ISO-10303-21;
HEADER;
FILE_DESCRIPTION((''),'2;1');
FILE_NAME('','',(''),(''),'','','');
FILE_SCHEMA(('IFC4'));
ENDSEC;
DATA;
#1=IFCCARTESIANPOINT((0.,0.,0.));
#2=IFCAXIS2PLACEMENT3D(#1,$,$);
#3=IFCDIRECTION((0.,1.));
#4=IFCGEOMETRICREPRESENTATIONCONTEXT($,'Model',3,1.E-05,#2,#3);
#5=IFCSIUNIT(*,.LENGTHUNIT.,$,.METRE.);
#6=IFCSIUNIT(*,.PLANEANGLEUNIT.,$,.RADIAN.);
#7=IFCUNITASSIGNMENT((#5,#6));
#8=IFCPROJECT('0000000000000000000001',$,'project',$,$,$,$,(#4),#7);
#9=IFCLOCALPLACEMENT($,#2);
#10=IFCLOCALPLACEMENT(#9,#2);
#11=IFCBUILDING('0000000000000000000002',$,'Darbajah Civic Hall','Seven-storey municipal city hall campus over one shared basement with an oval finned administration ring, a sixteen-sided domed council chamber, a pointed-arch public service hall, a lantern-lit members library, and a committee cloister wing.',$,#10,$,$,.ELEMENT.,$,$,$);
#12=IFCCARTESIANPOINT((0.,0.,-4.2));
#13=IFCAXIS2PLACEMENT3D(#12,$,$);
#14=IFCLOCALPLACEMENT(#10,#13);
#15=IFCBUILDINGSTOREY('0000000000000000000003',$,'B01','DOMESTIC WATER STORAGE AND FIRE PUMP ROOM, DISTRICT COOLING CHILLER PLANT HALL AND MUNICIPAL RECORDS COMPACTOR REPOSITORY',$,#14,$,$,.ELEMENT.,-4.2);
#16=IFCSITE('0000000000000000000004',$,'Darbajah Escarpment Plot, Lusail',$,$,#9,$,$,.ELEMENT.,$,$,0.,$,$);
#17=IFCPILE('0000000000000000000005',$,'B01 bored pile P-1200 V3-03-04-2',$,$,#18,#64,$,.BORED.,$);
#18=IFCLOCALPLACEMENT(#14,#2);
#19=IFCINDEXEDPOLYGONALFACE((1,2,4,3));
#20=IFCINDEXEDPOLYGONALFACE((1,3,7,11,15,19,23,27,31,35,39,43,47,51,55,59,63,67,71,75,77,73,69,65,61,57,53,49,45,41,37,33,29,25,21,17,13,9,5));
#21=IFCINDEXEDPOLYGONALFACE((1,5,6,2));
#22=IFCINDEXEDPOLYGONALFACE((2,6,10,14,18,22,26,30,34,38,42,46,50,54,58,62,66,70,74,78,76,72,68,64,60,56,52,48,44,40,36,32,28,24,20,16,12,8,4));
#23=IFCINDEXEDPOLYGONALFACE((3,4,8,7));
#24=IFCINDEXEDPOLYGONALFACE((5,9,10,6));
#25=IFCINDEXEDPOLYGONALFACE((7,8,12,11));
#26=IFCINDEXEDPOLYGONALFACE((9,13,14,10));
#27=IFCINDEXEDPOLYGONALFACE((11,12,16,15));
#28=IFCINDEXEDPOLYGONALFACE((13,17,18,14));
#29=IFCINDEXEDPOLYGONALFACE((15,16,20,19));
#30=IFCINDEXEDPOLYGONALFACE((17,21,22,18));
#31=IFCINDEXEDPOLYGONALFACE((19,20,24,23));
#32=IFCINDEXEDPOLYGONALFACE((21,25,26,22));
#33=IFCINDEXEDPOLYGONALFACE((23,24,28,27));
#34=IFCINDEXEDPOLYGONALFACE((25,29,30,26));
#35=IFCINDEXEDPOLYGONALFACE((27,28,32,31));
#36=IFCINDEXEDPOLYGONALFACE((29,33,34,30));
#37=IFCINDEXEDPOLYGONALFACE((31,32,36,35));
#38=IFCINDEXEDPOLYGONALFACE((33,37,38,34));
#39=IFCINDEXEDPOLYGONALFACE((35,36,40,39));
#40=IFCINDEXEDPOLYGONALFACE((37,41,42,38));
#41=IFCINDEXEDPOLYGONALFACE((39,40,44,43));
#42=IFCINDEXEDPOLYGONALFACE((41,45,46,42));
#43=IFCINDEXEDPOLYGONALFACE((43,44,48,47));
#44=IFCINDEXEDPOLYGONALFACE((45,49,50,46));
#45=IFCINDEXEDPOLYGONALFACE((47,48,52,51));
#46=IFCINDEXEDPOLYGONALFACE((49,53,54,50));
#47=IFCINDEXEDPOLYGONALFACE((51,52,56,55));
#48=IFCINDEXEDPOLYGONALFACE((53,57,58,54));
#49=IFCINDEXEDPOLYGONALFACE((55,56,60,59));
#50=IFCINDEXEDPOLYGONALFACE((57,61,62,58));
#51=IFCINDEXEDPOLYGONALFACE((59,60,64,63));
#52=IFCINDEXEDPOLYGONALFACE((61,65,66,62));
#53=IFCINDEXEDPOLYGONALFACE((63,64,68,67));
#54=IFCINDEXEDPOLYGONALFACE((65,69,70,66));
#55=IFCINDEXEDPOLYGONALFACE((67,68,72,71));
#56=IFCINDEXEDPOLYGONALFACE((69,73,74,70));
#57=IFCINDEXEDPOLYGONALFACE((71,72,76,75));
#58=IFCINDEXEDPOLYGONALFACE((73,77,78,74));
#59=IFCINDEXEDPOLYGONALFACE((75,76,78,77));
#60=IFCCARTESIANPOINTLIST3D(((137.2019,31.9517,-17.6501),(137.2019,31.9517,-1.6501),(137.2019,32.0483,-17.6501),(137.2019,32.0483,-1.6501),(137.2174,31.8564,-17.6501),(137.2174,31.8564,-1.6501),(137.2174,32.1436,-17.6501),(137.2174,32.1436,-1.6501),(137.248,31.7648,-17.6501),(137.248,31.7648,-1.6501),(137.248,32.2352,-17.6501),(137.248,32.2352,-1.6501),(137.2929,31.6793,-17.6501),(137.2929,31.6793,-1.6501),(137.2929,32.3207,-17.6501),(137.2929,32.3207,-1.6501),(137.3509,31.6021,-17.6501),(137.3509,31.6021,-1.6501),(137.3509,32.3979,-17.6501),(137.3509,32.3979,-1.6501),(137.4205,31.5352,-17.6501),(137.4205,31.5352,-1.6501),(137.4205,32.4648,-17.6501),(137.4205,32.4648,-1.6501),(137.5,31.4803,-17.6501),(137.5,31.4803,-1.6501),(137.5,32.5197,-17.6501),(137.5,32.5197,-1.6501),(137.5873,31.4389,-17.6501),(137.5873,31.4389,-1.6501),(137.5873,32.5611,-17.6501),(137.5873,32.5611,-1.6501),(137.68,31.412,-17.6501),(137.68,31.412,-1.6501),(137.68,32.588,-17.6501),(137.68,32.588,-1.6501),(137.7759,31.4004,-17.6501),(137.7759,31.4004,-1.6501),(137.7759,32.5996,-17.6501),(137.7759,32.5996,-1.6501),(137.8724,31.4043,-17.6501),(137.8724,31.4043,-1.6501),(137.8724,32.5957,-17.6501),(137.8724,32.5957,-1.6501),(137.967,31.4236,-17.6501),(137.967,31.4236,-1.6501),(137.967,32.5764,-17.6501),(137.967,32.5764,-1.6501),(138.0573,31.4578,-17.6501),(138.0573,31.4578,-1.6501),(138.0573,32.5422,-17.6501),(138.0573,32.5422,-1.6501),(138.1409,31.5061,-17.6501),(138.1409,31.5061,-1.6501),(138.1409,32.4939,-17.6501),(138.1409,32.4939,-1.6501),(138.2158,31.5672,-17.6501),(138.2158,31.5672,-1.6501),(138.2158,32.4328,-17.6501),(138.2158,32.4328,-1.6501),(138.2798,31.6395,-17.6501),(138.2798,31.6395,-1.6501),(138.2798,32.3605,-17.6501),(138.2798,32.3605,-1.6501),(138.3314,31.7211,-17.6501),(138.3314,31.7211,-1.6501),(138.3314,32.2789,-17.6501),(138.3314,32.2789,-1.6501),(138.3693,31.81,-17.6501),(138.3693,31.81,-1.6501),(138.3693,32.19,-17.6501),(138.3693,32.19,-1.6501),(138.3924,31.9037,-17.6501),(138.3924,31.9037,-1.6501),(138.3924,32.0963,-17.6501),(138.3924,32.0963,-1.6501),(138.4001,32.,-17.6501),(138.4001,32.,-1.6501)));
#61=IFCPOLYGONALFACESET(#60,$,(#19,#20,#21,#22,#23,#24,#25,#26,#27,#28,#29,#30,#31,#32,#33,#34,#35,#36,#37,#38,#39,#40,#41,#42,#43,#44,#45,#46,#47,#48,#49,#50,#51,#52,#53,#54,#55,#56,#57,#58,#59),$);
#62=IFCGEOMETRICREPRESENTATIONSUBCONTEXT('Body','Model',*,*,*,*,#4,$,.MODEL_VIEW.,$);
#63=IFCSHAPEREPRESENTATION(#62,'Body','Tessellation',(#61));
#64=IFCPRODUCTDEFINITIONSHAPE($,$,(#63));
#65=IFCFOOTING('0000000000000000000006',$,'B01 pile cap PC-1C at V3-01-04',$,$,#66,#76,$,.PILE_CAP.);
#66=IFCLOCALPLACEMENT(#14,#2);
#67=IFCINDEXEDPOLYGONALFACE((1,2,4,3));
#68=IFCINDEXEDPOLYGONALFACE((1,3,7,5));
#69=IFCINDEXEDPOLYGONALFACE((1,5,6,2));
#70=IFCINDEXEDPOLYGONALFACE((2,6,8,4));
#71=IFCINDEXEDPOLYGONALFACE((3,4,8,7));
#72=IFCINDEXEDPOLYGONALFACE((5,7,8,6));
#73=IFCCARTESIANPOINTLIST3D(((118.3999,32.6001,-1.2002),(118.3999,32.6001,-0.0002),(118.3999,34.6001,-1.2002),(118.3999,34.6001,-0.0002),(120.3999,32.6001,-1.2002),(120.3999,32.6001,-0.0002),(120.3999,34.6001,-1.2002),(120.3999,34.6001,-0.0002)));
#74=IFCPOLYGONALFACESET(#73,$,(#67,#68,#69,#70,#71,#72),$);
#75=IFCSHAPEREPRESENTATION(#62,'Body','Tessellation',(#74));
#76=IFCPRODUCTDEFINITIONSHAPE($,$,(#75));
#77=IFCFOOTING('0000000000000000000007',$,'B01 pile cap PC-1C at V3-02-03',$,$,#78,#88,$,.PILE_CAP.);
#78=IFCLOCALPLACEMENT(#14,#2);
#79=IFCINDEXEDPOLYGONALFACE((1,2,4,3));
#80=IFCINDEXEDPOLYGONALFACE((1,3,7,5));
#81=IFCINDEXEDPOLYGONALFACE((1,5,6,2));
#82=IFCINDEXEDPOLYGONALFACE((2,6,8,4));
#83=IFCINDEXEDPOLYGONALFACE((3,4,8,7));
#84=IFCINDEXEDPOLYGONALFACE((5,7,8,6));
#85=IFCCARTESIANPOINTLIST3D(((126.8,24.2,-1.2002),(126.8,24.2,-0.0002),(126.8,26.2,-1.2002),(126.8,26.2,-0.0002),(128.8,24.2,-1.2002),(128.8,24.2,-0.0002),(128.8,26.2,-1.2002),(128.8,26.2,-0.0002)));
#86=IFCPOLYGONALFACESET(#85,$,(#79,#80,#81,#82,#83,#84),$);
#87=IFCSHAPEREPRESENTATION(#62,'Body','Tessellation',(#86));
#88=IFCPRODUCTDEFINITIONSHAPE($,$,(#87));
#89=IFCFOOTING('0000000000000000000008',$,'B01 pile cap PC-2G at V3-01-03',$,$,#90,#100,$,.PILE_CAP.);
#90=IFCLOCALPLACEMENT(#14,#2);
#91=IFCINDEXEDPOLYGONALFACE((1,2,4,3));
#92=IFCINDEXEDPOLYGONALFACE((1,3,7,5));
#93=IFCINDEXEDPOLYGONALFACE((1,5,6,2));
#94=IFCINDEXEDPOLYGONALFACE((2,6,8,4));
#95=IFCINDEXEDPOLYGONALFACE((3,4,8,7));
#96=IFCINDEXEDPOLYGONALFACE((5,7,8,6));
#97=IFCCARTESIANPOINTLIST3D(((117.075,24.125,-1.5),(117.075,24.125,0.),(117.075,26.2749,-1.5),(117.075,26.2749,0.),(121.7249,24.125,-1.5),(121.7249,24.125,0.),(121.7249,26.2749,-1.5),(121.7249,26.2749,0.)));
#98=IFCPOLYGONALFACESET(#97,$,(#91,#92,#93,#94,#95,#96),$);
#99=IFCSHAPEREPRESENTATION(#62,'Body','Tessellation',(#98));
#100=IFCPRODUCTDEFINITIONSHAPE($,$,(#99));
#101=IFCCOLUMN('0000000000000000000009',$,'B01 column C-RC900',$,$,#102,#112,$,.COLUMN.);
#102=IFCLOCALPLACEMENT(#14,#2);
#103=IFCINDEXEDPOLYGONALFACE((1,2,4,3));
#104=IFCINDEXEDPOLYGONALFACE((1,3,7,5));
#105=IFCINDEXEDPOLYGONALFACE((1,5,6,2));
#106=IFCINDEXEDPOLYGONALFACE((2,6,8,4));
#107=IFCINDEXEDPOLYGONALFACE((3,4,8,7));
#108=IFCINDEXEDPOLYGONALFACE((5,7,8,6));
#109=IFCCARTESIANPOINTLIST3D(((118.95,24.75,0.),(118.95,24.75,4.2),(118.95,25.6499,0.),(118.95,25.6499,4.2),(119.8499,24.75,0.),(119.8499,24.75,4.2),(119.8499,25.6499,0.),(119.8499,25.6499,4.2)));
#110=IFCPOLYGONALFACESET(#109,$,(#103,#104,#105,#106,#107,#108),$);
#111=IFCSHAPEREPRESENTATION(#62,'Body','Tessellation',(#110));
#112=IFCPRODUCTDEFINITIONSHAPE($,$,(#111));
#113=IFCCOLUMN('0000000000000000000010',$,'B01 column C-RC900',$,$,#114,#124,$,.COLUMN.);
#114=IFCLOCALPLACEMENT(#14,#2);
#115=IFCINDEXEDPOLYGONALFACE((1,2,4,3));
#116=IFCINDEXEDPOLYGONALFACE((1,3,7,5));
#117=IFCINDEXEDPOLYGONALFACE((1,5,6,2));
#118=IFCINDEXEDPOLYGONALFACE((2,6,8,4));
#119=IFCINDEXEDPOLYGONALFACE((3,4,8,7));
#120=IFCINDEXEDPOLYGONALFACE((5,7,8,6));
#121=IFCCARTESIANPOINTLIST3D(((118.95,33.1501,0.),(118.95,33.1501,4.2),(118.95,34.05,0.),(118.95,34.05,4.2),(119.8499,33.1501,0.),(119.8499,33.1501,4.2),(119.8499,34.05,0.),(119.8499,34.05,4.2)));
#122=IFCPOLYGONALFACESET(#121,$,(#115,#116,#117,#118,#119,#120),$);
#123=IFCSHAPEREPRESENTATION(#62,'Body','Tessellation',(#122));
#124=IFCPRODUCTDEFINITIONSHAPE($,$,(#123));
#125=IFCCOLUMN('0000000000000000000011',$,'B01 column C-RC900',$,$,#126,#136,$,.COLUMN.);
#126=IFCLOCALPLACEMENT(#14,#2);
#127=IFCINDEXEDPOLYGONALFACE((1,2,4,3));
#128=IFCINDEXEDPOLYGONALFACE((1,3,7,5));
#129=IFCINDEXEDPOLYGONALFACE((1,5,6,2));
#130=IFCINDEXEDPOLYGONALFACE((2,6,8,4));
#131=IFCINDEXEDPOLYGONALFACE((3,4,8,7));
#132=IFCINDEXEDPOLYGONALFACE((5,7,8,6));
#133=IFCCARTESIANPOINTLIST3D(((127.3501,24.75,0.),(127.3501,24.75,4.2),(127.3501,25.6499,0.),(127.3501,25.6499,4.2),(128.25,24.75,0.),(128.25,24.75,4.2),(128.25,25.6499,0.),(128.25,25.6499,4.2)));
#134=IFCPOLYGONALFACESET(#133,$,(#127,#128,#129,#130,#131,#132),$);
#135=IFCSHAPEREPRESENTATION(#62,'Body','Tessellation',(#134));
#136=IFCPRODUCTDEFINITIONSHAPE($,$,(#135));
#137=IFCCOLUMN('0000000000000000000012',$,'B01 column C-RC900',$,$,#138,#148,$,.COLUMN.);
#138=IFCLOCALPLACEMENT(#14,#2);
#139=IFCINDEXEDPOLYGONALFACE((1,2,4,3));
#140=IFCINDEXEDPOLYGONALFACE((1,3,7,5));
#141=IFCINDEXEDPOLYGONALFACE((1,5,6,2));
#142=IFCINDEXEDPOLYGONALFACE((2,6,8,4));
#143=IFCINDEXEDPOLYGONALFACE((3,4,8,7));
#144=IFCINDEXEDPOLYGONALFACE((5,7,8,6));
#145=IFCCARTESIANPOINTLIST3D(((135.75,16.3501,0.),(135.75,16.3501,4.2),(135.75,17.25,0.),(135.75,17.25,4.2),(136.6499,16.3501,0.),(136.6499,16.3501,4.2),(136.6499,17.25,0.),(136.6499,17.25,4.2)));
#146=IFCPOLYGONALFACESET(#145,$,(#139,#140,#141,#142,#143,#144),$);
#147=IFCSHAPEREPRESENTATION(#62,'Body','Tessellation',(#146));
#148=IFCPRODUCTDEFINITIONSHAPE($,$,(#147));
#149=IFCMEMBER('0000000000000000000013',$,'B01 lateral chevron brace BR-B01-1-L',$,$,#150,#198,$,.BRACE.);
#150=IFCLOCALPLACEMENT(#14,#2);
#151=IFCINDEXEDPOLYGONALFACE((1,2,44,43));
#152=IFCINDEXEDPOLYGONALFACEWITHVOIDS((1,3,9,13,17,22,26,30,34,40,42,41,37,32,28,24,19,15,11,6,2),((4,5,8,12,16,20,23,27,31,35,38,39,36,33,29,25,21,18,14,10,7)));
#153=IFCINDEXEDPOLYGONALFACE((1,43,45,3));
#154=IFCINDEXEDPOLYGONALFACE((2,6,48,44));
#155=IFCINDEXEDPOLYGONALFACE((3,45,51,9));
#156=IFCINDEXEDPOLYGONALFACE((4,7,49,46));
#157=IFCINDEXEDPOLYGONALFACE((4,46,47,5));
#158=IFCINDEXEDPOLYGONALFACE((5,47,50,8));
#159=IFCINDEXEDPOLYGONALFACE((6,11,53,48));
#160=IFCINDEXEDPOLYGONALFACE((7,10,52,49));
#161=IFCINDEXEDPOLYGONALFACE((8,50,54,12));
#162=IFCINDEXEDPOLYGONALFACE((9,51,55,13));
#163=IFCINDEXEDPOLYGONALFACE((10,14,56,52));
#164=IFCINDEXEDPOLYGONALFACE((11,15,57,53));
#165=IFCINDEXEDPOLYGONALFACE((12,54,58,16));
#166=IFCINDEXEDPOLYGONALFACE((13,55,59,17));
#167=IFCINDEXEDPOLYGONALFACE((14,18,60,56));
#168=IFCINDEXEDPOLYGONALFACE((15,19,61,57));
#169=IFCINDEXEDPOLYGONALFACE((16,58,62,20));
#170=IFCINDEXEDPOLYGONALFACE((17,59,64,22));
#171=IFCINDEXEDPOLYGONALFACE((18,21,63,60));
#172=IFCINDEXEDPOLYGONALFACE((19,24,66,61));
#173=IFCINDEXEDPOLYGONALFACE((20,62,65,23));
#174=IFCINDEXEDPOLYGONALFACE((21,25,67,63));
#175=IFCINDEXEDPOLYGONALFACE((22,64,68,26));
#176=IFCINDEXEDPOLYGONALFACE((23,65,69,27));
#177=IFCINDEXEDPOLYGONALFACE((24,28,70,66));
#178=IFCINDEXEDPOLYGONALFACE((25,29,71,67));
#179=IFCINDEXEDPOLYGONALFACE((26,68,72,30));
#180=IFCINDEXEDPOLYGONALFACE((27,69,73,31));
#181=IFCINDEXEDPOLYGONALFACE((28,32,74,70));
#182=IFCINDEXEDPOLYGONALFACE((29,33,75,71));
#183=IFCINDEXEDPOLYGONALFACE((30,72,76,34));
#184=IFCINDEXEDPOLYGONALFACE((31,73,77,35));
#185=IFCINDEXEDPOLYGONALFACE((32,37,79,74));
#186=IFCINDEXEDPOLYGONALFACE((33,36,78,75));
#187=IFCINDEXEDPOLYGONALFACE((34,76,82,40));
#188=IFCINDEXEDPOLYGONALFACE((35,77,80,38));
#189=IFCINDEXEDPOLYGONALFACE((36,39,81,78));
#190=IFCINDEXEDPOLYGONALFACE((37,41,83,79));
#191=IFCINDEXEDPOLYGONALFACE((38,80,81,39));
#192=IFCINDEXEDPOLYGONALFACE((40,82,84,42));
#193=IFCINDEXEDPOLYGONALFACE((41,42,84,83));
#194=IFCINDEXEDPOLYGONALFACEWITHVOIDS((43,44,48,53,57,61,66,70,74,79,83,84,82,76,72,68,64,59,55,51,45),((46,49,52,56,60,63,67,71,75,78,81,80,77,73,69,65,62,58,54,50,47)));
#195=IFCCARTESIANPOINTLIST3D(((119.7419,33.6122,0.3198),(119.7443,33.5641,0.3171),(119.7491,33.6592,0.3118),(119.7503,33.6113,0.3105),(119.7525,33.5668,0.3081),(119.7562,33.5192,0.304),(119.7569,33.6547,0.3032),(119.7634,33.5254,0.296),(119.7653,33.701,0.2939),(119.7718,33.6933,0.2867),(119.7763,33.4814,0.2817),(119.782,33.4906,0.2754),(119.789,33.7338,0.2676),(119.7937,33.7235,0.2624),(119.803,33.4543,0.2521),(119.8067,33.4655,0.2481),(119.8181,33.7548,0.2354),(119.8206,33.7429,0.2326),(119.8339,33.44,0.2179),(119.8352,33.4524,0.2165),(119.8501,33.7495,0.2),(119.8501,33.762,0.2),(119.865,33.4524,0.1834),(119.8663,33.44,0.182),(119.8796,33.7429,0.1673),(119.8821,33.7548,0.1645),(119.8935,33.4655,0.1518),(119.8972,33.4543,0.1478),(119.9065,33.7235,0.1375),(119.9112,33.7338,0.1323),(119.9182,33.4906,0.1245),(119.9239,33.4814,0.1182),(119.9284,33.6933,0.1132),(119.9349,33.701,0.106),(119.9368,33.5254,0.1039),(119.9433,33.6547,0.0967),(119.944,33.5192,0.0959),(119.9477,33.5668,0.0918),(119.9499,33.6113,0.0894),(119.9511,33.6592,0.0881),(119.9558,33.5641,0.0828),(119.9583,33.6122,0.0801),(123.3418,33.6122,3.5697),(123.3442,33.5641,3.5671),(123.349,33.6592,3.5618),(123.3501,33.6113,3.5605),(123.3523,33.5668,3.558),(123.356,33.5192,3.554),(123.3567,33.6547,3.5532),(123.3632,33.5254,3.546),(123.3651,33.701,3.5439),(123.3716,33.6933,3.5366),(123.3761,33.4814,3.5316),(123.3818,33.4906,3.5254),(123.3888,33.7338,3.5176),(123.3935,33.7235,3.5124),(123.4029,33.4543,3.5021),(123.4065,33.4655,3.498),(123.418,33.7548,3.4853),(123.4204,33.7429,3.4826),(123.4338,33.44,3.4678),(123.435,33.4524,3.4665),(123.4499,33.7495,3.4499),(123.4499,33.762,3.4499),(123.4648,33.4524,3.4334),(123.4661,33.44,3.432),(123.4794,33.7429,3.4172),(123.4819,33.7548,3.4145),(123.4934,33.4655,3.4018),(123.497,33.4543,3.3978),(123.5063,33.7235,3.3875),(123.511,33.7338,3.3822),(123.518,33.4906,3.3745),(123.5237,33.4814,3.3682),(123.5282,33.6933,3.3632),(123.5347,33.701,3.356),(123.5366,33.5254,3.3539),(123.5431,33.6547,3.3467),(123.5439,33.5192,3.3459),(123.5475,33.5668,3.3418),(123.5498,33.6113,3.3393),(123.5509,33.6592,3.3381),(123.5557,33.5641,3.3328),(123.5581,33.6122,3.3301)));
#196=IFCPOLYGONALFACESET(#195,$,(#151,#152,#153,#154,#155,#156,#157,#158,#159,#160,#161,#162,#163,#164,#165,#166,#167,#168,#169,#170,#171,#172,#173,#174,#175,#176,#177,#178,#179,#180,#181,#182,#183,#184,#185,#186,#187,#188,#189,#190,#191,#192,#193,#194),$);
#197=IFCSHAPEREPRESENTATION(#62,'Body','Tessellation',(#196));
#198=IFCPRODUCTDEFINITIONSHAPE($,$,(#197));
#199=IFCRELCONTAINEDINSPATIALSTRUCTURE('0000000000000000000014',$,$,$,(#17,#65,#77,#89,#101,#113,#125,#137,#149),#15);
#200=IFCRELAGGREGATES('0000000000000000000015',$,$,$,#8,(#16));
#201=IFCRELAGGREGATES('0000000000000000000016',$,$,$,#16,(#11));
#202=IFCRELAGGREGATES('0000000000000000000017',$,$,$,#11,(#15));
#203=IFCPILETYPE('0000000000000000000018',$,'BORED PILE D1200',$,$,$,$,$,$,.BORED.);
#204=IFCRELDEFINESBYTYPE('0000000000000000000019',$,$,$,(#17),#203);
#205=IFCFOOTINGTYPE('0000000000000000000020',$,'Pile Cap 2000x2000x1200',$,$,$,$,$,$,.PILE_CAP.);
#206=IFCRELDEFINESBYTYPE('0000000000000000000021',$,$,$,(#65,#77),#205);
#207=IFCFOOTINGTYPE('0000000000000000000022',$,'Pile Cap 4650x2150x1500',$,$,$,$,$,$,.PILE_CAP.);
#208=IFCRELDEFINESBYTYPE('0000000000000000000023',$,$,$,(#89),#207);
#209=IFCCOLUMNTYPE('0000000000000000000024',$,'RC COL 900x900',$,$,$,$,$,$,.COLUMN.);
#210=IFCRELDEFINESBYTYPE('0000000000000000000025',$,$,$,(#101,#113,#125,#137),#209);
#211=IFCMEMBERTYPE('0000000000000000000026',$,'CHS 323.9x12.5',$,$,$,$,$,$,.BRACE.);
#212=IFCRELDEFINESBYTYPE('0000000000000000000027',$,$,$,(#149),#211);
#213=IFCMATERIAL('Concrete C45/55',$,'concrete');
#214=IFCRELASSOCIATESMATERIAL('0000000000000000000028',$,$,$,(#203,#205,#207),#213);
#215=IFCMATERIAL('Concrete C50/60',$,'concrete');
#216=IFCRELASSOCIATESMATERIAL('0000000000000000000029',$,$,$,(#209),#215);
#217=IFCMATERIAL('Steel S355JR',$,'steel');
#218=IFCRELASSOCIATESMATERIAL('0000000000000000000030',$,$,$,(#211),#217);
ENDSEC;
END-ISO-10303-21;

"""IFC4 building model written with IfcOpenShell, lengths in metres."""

from ifc_helpers import new_model, si_unit, direction, frame, origin, origin_2d, place, context, subcontext, project, spatial, rectangle, circle, hollow_circle, extrude, material, material_profile, profile_set, type_object, element, save


model = new_model("IFC4")

# Units and contexts
model_context = context("Model", 3, precision=1e-05, world=origin(), true_north=direction((0.0, 1.0)))
body_context = subcontext(model_context, "Body", "Model", "MODEL_VIEW")
ifc_project = project(units=[si_unit("LENGTHUNIT", "METRE"), si_unit("PLANEANGLEUNIT", "RADIAN")], contexts=[model_context])

# Site, building, storey
site_placement = place(None, origin())
site = spatial("IfcSite", under=ifc_project, at=site_placement, Name="Darbajah Escarpment Plot, Lusail", CompositionType="ELEMENT", RefElevation=0.0)
building_placement = place(site_placement, origin())
building = spatial("IfcBuilding", under=site, at=building_placement, Name="Darbajah Civic Hall", Description="Seven-storey municipal city hall campus over one shared basement with an oval finned administration ring, a sixteen-sided domed council chamber, a pointed-arch public service hall, a lantern-lit members library, and a committee cloister wing.", CompositionType="ELEMENT")
storey_placement = place(building_placement, frame((0.0, 0.0, -4.2)))
storey = spatial("IfcBuildingStorey", under=building, at=storey_placement, Name="B01", Description="DOMESTIC WATER STORAGE AND FIRE PUMP ROOM, DISTRICT COOLING CHILLER PLANT HALL AND MUNICIPAL RECORDS COMPACTOR REPOSITORY", CompositionType="ELEMENT", Elevation=-4.2)

# Pile
ifc_material_1 = material(Name="Concrete C45/55", Category="concrete")
ifc_material_profile_1 = material_profile(ifc_material_1, circle(Radius=0.6001, at=origin_2d()), Name="BORED PILE D1200")
ifc_profile_set_1 = profile_set([ifc_material_profile_1], Name="Concrete C45/55")
pile_type_1 = type_object("IfcPileType", Name="BORED PILE D1200", PredefinedType="BORED", material=ifc_profile_set_1)
for number, where, z_axis, x_axis, name in (
    (1, (137.8, 32.0, -1.6501), (0.0, 0.0, -1.0), (1.0, 0.0, 0.0), "B01 bored pile P-1200 V3-03-04-2"),
):
    element("IfcPile", number, at=place(storey_placement, frame(where, z_axis=z_axis, x_axis=x_axis)), inside=storey, type_object=pile_type_1, Name=name, PredefinedType="BORED", context=body_context, shape_type="SweptSolid", body=[
        extrude(circle(Radius=0.6001, at=origin_2d()), origin(), (0.0, 0.0, 1.0), 16.0),
    ])

# Footings
footing_type_1 = type_object("IfcFootingType", Name="Pile Cap 2000x2000x1200", PredefinedType="PILE_CAP", material=ifc_material_1)
for number, where, z_axis, x_axis, name in (
    (2, (119.3999, 33.6001, -1.2002), (0.0, 0.0, 1.0), (1.0, 0.0, 0.0), "B01 pile cap PC-1C at V3-01-04"),
    (3, (127.8, 25.2, -1.2002), (0.0, 0.0, 1.0), (1.0, 0.0, 0.0), "B01 pile cap PC-1C at V3-02-03"),
):
    element("IfcFooting", number, at=place(storey_placement, frame(where, z_axis=z_axis, x_axis=x_axis)), inside=storey, type_object=footing_type_1, Name=name, PredefinedType="PILE_CAP", context=body_context, shape_type="SweptSolid", body=[
        extrude(rectangle(XDim=2.0, YDim=2.0, at=origin_2d()), origin(), (0.0, 0.0, 1.0), 1.2),
    ])
footing_type_2 = type_object("IfcFootingType", Name="Pile Cap 4650x2150x1500", PredefinedType="PILE_CAP", material=ifc_material_1)
footing_placement = place(storey_placement, frame((119.3999, 25.2, -1.5), z_axis=(0.0, 0.0, 1.0), x_axis=(1.0, 0.0, 0.0)))
element("IfcFooting", 4, at=footing_placement, inside=storey, type_object=footing_type_2, Name="B01 pile cap PC-2G at V3-01-03", PredefinedType="PILE_CAP", context=body_context, shape_type="SweptSolid", body=[
    extrude(rectangle(XDim=4.6499, YDim=2.1499, at=origin_2d()), origin(), (0.0, 0.0, 1.0), 1.5),
])

# Columns
ifc_material_2 = material(Name="Concrete C50/60", Category="concrete")
ifc_material_profile_2 = material_profile(ifc_material_2, rectangle(XDim=0.8999, YDim=0.8999, at=origin_2d()), Name="RC COL 900x900")
ifc_profile_set_2 = profile_set([ifc_material_profile_2], Name="Concrete C50/60")
column_type = type_object("IfcColumnType", Name="RC COL 900x900", PredefinedType="COLUMN", material=ifc_profile_set_2)
for number, where, z_axis, x_axis, name in (
    (5, (119.3999, 25.2, 0.0), (0.0, 0.0, 1.0), (1.0, 0.0, 0.0), "B01 column C-RC900"),
    (6, (119.3999, 33.6001, 0.0), (0.0, 0.0, 1.0), (1.0, 0.0, 0.0), "B01 column C-RC900"),
    (7, (127.8, 25.2, 0.0), (0.0, 0.0, 1.0), (1.0, 0.0, 0.0), "B01 column C-RC900"),
    (8, (136.2, 16.8, 0.0), (0.0, 0.0, 1.0), (1.0, 0.0, 0.0), "B01 column C-RC900"),
):
    element("IfcColumn", number, at=place(storey_placement, frame(where, z_axis=z_axis, x_axis=x_axis)), inside=storey, type_object=column_type, Name=name, PredefinedType="COLUMN", context=body_context, shape_type="SweptSolid", body=[
        extrude(rectangle(XDim=0.8999, YDim=0.8999, at=origin_2d()), origin(), (0.0, 0.0, 1.0), 4.2),
    ])

# Member
ifc_material_3 = material(Name="Steel S355JR", Category="steel")
ifc_material_profile_3 = material_profile(ifc_material_3, hollow_circle(Radius=0.1619, WallThickness=0.0125, at=origin_2d()), Name="CHS 323.9x12.5")
ifc_profile_set_3 = profile_set([ifc_material_profile_3], Name="Steel S355JR")
member_type = type_object("IfcMemberType", Name="CHS 323.9x12.5", PredefinedType="BRACE", material=ifc_profile_set_3)
member_1_placement = place(storey_placement, frame((119.8501, 33.6001, 0.2), z_axis=(0.742254, 0.0, 0.670118), x_axis=(0.0, 1.0, 0.0)))
element("IfcMember", 9, at=member_1_placement, inside=storey, type_object=member_type, Name="B01 lateral chevron brace BR-B01-1-L", PredefinedType="BRACE", context=body_context, shape_type="SweptSolid", body=[
    extrude(hollow_circle(Radius=0.1619, WallThickness=0.0125, at=origin_2d()), origin(), (0.0, 0.0, 1.0), 4.8499),
])

save(model, "model.ifc")
